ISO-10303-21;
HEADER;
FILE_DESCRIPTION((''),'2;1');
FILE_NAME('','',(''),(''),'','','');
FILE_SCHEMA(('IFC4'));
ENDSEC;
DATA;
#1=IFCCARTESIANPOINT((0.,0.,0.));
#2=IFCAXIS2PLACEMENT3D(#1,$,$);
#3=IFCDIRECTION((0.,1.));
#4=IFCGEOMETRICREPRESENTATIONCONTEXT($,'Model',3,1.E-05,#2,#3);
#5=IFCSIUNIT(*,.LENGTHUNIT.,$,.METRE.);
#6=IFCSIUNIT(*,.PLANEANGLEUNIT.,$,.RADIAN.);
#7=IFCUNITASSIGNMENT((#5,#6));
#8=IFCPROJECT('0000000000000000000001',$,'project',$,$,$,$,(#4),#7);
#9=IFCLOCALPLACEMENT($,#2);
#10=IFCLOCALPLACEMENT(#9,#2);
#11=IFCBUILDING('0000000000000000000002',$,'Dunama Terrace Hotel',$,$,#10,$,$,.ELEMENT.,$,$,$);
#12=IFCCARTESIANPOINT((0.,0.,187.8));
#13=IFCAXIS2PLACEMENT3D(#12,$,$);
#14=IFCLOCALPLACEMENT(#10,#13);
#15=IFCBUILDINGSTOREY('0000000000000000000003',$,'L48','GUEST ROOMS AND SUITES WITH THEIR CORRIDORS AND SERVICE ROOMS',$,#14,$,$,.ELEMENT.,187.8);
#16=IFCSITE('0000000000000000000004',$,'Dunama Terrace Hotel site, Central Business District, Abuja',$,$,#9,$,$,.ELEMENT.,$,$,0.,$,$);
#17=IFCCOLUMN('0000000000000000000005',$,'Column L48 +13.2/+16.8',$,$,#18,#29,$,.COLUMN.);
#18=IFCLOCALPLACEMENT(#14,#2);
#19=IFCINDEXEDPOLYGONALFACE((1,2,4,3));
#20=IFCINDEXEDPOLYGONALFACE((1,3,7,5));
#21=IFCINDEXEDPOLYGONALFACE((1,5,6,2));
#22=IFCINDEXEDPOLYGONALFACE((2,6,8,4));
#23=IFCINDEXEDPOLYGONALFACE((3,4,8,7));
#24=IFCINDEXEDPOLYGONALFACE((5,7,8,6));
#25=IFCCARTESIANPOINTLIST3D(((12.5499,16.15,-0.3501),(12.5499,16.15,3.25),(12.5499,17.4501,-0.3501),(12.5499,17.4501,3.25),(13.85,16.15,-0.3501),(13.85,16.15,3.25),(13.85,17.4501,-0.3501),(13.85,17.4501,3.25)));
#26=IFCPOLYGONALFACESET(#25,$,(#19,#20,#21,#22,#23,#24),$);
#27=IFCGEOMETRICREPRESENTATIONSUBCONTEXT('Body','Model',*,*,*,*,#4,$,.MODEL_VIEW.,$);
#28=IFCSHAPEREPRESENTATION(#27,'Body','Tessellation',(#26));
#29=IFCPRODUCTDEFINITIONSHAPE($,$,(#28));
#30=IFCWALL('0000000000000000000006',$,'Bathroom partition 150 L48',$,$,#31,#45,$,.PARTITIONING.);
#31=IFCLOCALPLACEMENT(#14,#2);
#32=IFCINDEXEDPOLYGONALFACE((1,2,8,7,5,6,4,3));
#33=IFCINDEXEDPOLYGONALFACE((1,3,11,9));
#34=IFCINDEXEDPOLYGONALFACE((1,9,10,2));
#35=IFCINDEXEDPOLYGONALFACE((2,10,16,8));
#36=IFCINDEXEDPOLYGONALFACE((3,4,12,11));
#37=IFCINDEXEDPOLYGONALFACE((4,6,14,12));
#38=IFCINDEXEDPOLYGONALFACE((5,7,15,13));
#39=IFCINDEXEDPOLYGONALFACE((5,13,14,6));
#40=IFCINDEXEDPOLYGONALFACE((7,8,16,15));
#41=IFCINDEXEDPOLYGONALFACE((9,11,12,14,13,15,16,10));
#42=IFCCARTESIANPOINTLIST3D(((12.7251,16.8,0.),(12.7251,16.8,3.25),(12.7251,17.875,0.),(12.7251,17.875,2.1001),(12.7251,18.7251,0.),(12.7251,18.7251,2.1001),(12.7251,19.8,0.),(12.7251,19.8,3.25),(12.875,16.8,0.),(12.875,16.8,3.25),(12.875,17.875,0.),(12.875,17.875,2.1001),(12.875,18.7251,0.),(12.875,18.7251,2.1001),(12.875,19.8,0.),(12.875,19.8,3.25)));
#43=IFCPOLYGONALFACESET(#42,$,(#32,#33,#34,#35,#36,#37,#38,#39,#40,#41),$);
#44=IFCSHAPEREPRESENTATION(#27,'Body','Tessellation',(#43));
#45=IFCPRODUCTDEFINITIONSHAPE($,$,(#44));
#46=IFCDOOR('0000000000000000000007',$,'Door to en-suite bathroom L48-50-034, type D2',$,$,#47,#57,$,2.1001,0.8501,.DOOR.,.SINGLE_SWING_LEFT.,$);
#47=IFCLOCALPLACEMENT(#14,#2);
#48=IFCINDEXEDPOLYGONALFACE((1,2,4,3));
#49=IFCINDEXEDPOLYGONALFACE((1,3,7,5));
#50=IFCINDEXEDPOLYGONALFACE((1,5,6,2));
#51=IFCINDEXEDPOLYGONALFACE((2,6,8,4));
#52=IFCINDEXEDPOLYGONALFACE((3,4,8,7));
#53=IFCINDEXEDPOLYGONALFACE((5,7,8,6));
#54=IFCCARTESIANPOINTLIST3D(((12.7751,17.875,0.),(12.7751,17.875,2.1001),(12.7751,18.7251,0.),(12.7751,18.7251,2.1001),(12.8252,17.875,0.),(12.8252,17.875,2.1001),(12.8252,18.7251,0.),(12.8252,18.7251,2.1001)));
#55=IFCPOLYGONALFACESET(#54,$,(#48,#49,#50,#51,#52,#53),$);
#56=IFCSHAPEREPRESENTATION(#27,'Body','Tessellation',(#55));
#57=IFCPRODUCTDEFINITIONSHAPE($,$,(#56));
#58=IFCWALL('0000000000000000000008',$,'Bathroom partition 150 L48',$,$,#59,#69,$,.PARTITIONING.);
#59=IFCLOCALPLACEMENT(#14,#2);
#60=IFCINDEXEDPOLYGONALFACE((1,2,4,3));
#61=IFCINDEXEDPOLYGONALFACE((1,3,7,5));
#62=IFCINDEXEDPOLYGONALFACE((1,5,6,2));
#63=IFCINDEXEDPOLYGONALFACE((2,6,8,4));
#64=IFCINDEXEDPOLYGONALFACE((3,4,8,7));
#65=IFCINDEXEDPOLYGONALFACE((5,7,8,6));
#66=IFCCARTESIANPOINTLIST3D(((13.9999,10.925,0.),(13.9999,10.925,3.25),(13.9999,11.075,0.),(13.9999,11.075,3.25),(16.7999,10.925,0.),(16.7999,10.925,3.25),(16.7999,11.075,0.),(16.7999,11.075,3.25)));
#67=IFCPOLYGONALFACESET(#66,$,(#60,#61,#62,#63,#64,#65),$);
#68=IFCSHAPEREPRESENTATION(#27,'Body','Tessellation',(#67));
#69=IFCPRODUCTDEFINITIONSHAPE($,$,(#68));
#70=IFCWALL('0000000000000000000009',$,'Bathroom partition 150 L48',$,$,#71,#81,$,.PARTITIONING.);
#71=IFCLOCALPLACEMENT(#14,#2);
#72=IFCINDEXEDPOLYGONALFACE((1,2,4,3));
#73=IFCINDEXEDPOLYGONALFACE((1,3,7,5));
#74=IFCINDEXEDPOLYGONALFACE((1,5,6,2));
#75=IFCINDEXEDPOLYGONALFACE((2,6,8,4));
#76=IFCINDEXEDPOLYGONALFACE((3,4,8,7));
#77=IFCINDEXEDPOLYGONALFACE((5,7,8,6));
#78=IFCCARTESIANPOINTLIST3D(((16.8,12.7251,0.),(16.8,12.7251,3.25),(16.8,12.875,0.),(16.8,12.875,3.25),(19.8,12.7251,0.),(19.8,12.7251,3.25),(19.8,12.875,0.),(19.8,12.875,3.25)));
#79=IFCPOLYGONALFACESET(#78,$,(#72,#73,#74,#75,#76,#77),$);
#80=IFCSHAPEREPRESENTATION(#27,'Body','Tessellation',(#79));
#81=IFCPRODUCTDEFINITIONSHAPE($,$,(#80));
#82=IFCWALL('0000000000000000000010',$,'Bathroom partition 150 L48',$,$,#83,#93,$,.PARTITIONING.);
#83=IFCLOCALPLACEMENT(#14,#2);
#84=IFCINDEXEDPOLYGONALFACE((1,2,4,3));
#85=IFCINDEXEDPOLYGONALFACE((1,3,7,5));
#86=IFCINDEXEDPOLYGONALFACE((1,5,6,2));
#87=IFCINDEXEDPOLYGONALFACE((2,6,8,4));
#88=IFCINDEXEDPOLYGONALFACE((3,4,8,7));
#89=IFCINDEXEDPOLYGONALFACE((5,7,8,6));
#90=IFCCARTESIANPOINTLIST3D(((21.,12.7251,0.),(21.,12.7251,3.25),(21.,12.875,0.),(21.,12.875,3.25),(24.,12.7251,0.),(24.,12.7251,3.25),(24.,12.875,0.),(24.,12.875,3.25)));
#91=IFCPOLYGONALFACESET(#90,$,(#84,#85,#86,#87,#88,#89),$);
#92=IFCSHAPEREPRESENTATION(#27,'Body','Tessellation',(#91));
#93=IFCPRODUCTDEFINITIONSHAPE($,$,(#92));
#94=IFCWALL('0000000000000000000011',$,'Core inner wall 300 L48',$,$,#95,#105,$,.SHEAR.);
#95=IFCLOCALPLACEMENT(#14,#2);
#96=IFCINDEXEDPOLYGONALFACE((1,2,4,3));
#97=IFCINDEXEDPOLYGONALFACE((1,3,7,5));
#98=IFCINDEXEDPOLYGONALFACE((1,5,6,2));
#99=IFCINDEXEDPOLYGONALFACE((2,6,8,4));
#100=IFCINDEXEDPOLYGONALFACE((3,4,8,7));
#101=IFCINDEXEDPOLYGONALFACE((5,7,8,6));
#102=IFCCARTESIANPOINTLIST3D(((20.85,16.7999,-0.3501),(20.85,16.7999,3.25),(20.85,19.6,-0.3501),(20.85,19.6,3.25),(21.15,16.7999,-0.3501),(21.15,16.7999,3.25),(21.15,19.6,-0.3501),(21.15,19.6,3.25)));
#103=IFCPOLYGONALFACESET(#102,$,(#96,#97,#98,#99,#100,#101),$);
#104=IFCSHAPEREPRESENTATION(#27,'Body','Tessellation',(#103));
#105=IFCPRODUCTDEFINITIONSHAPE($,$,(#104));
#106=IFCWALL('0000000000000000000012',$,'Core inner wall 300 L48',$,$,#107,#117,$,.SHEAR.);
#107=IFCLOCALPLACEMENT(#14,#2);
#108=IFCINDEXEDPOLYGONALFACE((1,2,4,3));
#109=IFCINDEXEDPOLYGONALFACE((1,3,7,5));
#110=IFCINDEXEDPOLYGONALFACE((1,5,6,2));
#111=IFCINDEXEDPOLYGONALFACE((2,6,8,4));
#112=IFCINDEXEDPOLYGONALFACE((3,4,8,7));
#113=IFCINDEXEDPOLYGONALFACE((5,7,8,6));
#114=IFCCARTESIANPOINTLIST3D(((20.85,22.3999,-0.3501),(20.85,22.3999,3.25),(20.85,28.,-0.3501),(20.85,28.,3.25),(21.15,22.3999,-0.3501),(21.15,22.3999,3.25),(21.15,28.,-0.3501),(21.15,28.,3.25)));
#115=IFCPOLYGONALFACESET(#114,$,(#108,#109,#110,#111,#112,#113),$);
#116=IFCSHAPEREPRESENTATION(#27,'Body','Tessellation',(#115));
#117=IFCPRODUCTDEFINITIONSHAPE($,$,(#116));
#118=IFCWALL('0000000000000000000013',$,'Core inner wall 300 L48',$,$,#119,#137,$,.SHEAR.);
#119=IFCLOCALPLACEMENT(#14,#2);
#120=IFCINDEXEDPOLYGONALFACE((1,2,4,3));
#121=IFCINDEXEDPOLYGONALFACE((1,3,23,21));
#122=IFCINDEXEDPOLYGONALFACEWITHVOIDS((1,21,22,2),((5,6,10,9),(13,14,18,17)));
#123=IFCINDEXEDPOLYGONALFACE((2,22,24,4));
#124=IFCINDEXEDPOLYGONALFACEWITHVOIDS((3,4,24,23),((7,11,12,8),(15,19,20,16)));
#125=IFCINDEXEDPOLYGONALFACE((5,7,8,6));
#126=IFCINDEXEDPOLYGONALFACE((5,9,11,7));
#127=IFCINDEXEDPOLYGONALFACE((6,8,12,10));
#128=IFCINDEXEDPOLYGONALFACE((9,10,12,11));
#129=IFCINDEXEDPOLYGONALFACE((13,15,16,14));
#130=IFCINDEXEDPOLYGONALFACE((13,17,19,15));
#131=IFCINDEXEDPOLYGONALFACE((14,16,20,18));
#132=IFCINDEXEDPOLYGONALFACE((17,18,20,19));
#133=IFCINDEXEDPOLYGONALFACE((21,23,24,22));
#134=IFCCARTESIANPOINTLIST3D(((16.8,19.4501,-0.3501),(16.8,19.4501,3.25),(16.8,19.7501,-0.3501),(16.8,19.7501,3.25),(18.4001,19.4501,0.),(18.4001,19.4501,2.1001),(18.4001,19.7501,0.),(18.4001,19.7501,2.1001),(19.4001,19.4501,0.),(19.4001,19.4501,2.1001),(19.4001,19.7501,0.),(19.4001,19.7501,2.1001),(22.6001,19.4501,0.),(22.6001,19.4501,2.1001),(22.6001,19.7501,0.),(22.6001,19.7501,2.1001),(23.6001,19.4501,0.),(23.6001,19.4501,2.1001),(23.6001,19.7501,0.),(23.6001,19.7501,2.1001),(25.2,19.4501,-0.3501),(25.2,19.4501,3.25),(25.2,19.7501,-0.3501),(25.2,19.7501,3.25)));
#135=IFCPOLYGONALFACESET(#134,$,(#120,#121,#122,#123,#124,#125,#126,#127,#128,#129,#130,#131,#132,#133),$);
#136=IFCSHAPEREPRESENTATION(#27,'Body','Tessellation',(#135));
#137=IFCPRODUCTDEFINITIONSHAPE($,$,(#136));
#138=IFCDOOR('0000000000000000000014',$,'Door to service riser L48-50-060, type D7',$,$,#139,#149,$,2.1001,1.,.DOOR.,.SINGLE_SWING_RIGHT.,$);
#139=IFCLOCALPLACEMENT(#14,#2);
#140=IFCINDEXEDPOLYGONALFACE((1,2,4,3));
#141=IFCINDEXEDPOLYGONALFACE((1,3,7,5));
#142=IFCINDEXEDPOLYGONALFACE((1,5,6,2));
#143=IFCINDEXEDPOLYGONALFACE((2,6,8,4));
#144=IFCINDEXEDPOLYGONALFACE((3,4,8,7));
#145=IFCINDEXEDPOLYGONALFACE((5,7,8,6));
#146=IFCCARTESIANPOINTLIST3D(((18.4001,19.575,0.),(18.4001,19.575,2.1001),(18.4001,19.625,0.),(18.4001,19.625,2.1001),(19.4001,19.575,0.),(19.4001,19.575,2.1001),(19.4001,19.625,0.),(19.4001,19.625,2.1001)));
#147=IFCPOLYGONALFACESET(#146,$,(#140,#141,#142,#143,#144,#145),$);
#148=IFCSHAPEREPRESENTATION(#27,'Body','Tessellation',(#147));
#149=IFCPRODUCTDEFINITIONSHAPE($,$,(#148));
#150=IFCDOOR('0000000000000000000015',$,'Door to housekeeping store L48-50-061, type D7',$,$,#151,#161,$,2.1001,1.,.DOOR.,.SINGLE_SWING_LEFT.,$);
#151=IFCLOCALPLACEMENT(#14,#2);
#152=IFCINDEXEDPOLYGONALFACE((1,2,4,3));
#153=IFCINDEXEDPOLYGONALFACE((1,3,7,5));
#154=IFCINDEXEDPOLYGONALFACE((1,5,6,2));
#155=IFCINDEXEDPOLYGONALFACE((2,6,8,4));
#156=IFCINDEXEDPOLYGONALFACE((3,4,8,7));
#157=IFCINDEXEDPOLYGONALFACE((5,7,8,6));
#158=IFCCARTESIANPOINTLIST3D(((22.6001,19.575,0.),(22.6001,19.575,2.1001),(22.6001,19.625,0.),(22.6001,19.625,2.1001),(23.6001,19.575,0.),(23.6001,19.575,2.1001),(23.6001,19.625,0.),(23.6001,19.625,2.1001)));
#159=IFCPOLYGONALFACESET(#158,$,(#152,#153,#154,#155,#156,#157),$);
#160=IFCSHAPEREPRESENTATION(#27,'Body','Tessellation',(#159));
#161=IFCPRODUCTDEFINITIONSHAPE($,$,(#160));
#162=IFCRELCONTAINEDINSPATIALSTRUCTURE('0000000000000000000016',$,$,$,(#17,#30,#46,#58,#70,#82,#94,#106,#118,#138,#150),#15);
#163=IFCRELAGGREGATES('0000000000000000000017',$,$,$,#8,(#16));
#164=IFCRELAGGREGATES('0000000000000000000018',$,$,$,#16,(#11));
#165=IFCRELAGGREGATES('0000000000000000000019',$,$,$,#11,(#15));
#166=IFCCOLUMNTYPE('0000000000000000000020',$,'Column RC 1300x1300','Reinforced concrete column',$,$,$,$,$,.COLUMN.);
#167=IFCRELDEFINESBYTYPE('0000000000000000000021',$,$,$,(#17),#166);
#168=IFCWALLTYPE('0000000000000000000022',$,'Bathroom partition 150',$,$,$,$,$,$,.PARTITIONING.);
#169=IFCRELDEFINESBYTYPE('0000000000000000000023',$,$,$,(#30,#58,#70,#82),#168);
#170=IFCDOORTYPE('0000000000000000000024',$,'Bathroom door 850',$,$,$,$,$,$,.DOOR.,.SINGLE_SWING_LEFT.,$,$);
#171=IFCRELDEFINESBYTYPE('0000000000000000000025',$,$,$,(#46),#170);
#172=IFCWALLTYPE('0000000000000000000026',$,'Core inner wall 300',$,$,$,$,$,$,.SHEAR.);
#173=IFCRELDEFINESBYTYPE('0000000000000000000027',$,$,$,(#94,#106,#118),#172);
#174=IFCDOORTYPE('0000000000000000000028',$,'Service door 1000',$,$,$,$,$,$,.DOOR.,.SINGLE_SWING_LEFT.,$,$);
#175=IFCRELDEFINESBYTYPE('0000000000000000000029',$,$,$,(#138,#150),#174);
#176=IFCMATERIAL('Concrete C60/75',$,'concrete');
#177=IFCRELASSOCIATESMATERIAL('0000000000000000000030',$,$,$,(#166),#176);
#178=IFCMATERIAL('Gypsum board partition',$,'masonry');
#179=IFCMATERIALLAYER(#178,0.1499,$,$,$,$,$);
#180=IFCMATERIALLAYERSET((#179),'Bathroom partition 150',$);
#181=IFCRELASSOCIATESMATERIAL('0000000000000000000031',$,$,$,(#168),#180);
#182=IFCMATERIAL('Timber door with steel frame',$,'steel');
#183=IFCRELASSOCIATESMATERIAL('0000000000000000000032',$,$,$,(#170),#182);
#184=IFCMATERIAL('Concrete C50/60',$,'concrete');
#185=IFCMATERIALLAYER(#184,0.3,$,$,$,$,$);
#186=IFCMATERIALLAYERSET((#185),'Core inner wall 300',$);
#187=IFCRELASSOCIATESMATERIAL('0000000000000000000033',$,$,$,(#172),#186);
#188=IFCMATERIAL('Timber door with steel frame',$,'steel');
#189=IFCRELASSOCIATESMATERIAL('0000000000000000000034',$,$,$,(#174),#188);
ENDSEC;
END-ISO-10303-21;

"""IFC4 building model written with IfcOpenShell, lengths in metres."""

from ifc_helpers import new_model, si_unit, direction, frame, frame_2d, origin, origin_2d, place, context, subcontext, project, spatial, rectangle, extrude, material, layer, layer_set, material_profile, profile_set, type_object, element, fill, save


model = new_model("IFC4")

# Units and contexts
model_context = context("Model", 3, precision=1e-05, world=origin(), true_north=direction((0.0, 1.0)))
body_context = subcontext(model_context, "Body", "Model", "MODEL_VIEW")
ifc_project = project(units=[si_unit("LENGTHUNIT", "METRE"), si_unit("PLANEANGLEUNIT", "RADIAN")], contexts=[model_context])

# Site, building, storey
site_placement = place(None, origin())
site = spatial("IfcSite", under=ifc_project, at=site_placement, Name="Dunama Terrace Hotel site, Central Business District, Abuja", CompositionType="ELEMENT", RefElevation=0.0)
building_placement = place(site_placement, origin())
building = spatial("IfcBuilding", under=site, at=building_placement, Name="Dunama Terrace Hotel", CompositionType="ELEMENT")
storey_placement = place(building_placement, frame((0.0, 0.0, 187.8)))
storey = spatial("IfcBuildingStorey", under=building, at=storey_placement, Name="L48", Description="GUEST ROOMS AND SUITES WITH THEIR CORRIDORS AND SERVICE ROOMS", CompositionType="ELEMENT", Elevation=187.8)

# Column
ifc_material_1 = material(Name="Concrete C60/75", Category="concrete")
ifc_material_profile = material_profile(ifc_material_1, rectangle(XDim=1.3, YDim=1.3, at=origin_2d()), Name="RC 1300x1300")
ifc_profile_set = profile_set([ifc_material_profile], Name="Concrete C60/75")
column_type = type_object("IfcColumnType", Name="Column RC 1300x1300", Description="Reinforced concrete column", PredefinedType="COLUMN", material=ifc_profile_set)
column_placement = place(storey_placement, frame((13.2, 16.8, -0.3501), z_axis=(0.0, 0.0, 1.0), x_axis=(1.0, 0.0, 0.0)))
element("IfcColumn", 1, at=column_placement, inside=storey, type_object=column_type, Name="Column L48 +13.2/+16.8", PredefinedType="COLUMN", context=body_context, shape_type="SweptSolid", body=[
    extrude(rectangle(XDim=1.3, YDim=1.3, at=origin_2d()), origin(), (0.0, 0.0, 1.0), 3.6001),
])

# Wall, opening, door
ifc_material_2 = material(Name="Gypsum board partition", Category="masonry")
ifc_layer_1 = layer(ifc_material_2, 0.1499)
ifc_layer_set_1 = layer_set([ifc_layer_1], Name="Bathroom partition 150")
wall_type_1 = type_object("IfcWallType", Name="Bathroom partition 150", PredefinedType="PARTITIONING", material=ifc_layer_set_1)
wall_1_placement = place(storey_placement, frame((12.8, 16.8, 0.0), z_axis=(0.0, 0.0, 1.0), x_axis=(0.0, 1.0, 0.0)))
wall_1 = element("IfcWall", 2, at=wall_1_placement, inside=storey, type_object=wall_type_1, Name="Bathroom partition 150 L48", PredefinedType="PARTITIONING", context=body_context, shape_type="SweptSolid", body=[
    extrude(rectangle(XDim=3.0, YDim=0.1499, at=frame_2d((1.5, 0.0))), origin(), (0.0, 0.0, 1.0), 3.25),
])
opening_1_placement = place(wall_1_placement, frame((1.075, 0.0, 0.0)))
opening_1 = element("IfcOpeningElement", 3, at=opening_1_placement, cuts=wall_1, PredefinedType="OPENING", context=body_context, shape_type="SweptSolid", body=[
    extrude(rectangle(XDim=0.8501, YDim=2.1001, at=frame_2d((0.425, 1.05))), frame((0.0, 0.085, 0.0), z_axis=(0.0, -1.0, 0.0), x_axis=(1.0, 0.0, 0.0)), (0.0, 0.0, 1.0), 0.1699),
])
ifc_material_3 = material(Name="Timber door with steel frame", Category="steel")
door_type_1 = type_object("IfcDoorType", Name="Bathroom door 850", OperationType="SINGLE_SWING_LEFT", PredefinedType="DOOR", material=ifc_material_3)
door_1_placement = place(opening_1_placement, origin())
door_1 = element("IfcDoor", 4, at=door_1_placement, inside=storey, type_object=door_type_1, Name="Door to en-suite bathroom L48-50-034, type D2", OperationType="SINGLE_SWING_LEFT", OverallHeight=2.1001, OverallWidth=0.8501, PredefinedType="DOOR", context=body_context, shape_type="SweptSolid", body=[
    extrude(rectangle(XDim=0.8501, YDim=2.1001, at=frame_2d((0.425, 1.05))), frame((0.0, 0.0249, 0.0), z_axis=(0.0, -1.0, 0.0), x_axis=(1.0, 0.0, 0.0)), (0.0, 0.0, 1.0), 0.05),
])
fill(opening_1, door_1)

# Walls
wall_2_placement = place(storey_placement, frame((14.0, 11.0, 0.0), z_axis=(0.0, 0.0, 1.0), x_axis=(1.0, 0.0, 0.0)))
element("IfcWall", 5, at=wall_2_placement, inside=storey, type_object=wall_type_1, Name="Bathroom partition 150 L48", PredefinedType="PARTITIONING", context=body_context, shape_type="SweptSolid", body=[
    extrude(rectangle(XDim=2.8, YDim=0.1499, at=frame_2d((1.3999, 0.0))), origin(), (0.0, 0.0, 1.0), 3.25),
])
for number, where, z_axis, x_axis, name in (
    (6, (16.8, 12.8, 0.0), (0.0, 0.0, 1.0), (1.0, 0.0, 0.0), "Bathroom partition 150 L48"),
    (7, (21.0, 12.8, 0.0), (0.0, 0.0, 1.0), (1.0, 0.0, 0.0), "Bathroom partition 150 L48"),
):
    element("IfcWall", number, at=place(storey_placement, frame(where, z_axis=z_axis, x_axis=x_axis)), inside=storey, type_object=wall_type_1, Name=name, PredefinedType="PARTITIONING", context=body_context, shape_type="SweptSolid", body=[
        extrude(rectangle(XDim=3.0, YDim=0.1499, at=frame_2d((1.5, 0.0))), origin(), (0.0, 0.0, 1.0), 3.25),
    ])
ifc_material_4 = material(Name="Concrete C50/60", Category="concrete")
ifc_layer_2 = layer(ifc_material_4, 0.3)
ifc_layer_set_2 = layer_set([ifc_layer_2], Name="Core inner wall 300")
wall_type_2 = type_object("IfcWallType", Name="Core inner wall 300", PredefinedType="SHEAR", material=ifc_layer_set_2)
wall_3_placement = place(storey_placement, frame((21.0, 16.8, -0.3501), z_axis=(0.0, 0.0, 1.0), x_axis=(0.0, 1.0, 0.0)))
element("IfcWall", 8, at=wall_3_placement, inside=storey, type_object=wall_type_2, Name="Core inner wall 300 L48", PredefinedType="SHEAR", context=body_context, shape_type="SweptSolid", body=[
    extrude(rectangle(XDim=2.8, YDim=0.3, at=frame_2d((1.3999, 0.0))), origin(), (0.0, 0.0, 1.0), 3.6001),
])
wall_4_placement = place(storey_placement, frame((21.0, 22.3999, -0.3501), z_axis=(0.0, 0.0, 1.0), x_axis=(0.0, 1.0, 0.0)))
element("IfcWall", 9, at=wall_4_placement, inside=storey, type_object=wall_type_2, Name="Core inner wall 300 L48", PredefinedType="SHEAR", context=body_context, shape_type="SweptSolid", body=[
    extrude(rectangle(XDim=5.6001, YDim=0.3, at=frame_2d((2.8, 0.0))), origin(), (0.0, 0.0, 1.0), 3.6001),
])

# Wall, openings, doors
wall_5_placement = place(storey_placement, frame((16.8, 19.6001, -0.3501), z_axis=(0.0, 0.0, 1.0), x_axis=(1.0, 0.0, 0.0)))
wall_5 = element("IfcWall", 10, at=wall_5_placement, inside=storey, type_object=wall_type_2, Name="Core inner wall 300 L48", PredefinedType="SHEAR", context=body_context, shape_type="SweptSolid", body=[
    extrude(rectangle(XDim=8.3999, YDim=0.3, at=frame_2d((4.2, 0.0))), origin(), (0.0, 0.0, 1.0), 3.6001),
])
opening_2_placement = place(wall_5_placement, frame((1.6001, 0.0, 0.3501)))
opening_2 = element("IfcOpeningElement", 11, at=opening_2_placement, cuts=wall_5, PredefinedType="OPENING", context=body_context, shape_type="SweptSolid", body=[
    extrude(rectangle(XDim=1.0, YDim=2.1001, at=frame_2d((0.5, 1.05))), frame((0.0, 0.1599, 0.0), z_axis=(0.0, -1.0, 0.0), x_axis=(1.0, 0.0, 0.0)), (0.0, 0.0, 1.0), 0.3201),
])
opening_3_placement = place(wall_5_placement, frame((5.8, 0.0, 0.3501)))
opening_3 = element("IfcOpeningElement", 12, at=opening_3_placement, cuts=wall_5, PredefinedType="OPENING", context=body_context, shape_type="SweptSolid", body=[
    extrude(rectangle(XDim=1.0, YDim=2.1001, at=frame_2d((0.5, 1.05))), frame((0.0, 0.1599, 0.0), z_axis=(0.0, -1.0, 0.0), x_axis=(1.0, 0.0, 0.0)), (0.0, 0.0, 1.0), 0.3201),
])
ifc_material_5 = material(Name="Timber door with steel frame", Category="steel")
door_type_2 = type_object("IfcDoorType", Name="Service door 1000", OperationType="SINGLE_SWING_LEFT", PredefinedType="DOOR", material=ifc_material_5)
door_2_placement = place(opening_2_placement, frame((1.0, 0.0, 0.0), z_axis=(0.0, 0.0, 1.0), x_axis=(-1.0, 0.0, 0.0)))
door_2 = element("IfcDoor", 13, at=door_2_placement, inside=storey, type_object=door_type_2, Name="Door to service riser L48-50-060, type D7", OperationType="SINGLE_SWING_RIGHT", OverallHeight=2.1001, OverallWidth=1.0, PredefinedType="DOOR", context=body_context, shape_type="SweptSolid", body=[
    extrude(rectangle(XDim=1.0, YDim=2.1001, at=frame_2d((0.5, 1.05))), frame((0.0, 0.0251, 0.0), z_axis=(0.0, -1.0, 0.0), x_axis=(1.0, 0.0, 0.0)), (0.0, 0.0, 1.0), 0.05),
])
fill(opening_2, door_2)
door_3_placement = place(opening_3_placement, frame((1.0, 0.0, 0.0), z_axis=(0.0, 0.0, 1.0), x_axis=(-1.0, 0.0, 0.0)))
door_3 = element("IfcDoor", 14, at=door_3_placement, inside=storey, type_object=door_type_2, Name="Door to housekeeping store L48-50-061, type D7", OperationType="SINGLE_SWING_LEFT", OverallHeight=2.1001, OverallWidth=1.0, PredefinedType="DOOR", context=body_context, shape_type="SweptSolid", body=[
    extrude(rectangle(XDim=1.0, YDim=2.1001, at=frame_2d((0.5, 1.05))), frame((0.0, 0.0251, 0.0), z_axis=(0.0, -1.0, 0.0), x_axis=(1.0, 0.0, 0.0)), (0.0, 0.0, 1.0), 0.05),
])
fill(opening_3, door_3)

save(model, "model.ifc")
